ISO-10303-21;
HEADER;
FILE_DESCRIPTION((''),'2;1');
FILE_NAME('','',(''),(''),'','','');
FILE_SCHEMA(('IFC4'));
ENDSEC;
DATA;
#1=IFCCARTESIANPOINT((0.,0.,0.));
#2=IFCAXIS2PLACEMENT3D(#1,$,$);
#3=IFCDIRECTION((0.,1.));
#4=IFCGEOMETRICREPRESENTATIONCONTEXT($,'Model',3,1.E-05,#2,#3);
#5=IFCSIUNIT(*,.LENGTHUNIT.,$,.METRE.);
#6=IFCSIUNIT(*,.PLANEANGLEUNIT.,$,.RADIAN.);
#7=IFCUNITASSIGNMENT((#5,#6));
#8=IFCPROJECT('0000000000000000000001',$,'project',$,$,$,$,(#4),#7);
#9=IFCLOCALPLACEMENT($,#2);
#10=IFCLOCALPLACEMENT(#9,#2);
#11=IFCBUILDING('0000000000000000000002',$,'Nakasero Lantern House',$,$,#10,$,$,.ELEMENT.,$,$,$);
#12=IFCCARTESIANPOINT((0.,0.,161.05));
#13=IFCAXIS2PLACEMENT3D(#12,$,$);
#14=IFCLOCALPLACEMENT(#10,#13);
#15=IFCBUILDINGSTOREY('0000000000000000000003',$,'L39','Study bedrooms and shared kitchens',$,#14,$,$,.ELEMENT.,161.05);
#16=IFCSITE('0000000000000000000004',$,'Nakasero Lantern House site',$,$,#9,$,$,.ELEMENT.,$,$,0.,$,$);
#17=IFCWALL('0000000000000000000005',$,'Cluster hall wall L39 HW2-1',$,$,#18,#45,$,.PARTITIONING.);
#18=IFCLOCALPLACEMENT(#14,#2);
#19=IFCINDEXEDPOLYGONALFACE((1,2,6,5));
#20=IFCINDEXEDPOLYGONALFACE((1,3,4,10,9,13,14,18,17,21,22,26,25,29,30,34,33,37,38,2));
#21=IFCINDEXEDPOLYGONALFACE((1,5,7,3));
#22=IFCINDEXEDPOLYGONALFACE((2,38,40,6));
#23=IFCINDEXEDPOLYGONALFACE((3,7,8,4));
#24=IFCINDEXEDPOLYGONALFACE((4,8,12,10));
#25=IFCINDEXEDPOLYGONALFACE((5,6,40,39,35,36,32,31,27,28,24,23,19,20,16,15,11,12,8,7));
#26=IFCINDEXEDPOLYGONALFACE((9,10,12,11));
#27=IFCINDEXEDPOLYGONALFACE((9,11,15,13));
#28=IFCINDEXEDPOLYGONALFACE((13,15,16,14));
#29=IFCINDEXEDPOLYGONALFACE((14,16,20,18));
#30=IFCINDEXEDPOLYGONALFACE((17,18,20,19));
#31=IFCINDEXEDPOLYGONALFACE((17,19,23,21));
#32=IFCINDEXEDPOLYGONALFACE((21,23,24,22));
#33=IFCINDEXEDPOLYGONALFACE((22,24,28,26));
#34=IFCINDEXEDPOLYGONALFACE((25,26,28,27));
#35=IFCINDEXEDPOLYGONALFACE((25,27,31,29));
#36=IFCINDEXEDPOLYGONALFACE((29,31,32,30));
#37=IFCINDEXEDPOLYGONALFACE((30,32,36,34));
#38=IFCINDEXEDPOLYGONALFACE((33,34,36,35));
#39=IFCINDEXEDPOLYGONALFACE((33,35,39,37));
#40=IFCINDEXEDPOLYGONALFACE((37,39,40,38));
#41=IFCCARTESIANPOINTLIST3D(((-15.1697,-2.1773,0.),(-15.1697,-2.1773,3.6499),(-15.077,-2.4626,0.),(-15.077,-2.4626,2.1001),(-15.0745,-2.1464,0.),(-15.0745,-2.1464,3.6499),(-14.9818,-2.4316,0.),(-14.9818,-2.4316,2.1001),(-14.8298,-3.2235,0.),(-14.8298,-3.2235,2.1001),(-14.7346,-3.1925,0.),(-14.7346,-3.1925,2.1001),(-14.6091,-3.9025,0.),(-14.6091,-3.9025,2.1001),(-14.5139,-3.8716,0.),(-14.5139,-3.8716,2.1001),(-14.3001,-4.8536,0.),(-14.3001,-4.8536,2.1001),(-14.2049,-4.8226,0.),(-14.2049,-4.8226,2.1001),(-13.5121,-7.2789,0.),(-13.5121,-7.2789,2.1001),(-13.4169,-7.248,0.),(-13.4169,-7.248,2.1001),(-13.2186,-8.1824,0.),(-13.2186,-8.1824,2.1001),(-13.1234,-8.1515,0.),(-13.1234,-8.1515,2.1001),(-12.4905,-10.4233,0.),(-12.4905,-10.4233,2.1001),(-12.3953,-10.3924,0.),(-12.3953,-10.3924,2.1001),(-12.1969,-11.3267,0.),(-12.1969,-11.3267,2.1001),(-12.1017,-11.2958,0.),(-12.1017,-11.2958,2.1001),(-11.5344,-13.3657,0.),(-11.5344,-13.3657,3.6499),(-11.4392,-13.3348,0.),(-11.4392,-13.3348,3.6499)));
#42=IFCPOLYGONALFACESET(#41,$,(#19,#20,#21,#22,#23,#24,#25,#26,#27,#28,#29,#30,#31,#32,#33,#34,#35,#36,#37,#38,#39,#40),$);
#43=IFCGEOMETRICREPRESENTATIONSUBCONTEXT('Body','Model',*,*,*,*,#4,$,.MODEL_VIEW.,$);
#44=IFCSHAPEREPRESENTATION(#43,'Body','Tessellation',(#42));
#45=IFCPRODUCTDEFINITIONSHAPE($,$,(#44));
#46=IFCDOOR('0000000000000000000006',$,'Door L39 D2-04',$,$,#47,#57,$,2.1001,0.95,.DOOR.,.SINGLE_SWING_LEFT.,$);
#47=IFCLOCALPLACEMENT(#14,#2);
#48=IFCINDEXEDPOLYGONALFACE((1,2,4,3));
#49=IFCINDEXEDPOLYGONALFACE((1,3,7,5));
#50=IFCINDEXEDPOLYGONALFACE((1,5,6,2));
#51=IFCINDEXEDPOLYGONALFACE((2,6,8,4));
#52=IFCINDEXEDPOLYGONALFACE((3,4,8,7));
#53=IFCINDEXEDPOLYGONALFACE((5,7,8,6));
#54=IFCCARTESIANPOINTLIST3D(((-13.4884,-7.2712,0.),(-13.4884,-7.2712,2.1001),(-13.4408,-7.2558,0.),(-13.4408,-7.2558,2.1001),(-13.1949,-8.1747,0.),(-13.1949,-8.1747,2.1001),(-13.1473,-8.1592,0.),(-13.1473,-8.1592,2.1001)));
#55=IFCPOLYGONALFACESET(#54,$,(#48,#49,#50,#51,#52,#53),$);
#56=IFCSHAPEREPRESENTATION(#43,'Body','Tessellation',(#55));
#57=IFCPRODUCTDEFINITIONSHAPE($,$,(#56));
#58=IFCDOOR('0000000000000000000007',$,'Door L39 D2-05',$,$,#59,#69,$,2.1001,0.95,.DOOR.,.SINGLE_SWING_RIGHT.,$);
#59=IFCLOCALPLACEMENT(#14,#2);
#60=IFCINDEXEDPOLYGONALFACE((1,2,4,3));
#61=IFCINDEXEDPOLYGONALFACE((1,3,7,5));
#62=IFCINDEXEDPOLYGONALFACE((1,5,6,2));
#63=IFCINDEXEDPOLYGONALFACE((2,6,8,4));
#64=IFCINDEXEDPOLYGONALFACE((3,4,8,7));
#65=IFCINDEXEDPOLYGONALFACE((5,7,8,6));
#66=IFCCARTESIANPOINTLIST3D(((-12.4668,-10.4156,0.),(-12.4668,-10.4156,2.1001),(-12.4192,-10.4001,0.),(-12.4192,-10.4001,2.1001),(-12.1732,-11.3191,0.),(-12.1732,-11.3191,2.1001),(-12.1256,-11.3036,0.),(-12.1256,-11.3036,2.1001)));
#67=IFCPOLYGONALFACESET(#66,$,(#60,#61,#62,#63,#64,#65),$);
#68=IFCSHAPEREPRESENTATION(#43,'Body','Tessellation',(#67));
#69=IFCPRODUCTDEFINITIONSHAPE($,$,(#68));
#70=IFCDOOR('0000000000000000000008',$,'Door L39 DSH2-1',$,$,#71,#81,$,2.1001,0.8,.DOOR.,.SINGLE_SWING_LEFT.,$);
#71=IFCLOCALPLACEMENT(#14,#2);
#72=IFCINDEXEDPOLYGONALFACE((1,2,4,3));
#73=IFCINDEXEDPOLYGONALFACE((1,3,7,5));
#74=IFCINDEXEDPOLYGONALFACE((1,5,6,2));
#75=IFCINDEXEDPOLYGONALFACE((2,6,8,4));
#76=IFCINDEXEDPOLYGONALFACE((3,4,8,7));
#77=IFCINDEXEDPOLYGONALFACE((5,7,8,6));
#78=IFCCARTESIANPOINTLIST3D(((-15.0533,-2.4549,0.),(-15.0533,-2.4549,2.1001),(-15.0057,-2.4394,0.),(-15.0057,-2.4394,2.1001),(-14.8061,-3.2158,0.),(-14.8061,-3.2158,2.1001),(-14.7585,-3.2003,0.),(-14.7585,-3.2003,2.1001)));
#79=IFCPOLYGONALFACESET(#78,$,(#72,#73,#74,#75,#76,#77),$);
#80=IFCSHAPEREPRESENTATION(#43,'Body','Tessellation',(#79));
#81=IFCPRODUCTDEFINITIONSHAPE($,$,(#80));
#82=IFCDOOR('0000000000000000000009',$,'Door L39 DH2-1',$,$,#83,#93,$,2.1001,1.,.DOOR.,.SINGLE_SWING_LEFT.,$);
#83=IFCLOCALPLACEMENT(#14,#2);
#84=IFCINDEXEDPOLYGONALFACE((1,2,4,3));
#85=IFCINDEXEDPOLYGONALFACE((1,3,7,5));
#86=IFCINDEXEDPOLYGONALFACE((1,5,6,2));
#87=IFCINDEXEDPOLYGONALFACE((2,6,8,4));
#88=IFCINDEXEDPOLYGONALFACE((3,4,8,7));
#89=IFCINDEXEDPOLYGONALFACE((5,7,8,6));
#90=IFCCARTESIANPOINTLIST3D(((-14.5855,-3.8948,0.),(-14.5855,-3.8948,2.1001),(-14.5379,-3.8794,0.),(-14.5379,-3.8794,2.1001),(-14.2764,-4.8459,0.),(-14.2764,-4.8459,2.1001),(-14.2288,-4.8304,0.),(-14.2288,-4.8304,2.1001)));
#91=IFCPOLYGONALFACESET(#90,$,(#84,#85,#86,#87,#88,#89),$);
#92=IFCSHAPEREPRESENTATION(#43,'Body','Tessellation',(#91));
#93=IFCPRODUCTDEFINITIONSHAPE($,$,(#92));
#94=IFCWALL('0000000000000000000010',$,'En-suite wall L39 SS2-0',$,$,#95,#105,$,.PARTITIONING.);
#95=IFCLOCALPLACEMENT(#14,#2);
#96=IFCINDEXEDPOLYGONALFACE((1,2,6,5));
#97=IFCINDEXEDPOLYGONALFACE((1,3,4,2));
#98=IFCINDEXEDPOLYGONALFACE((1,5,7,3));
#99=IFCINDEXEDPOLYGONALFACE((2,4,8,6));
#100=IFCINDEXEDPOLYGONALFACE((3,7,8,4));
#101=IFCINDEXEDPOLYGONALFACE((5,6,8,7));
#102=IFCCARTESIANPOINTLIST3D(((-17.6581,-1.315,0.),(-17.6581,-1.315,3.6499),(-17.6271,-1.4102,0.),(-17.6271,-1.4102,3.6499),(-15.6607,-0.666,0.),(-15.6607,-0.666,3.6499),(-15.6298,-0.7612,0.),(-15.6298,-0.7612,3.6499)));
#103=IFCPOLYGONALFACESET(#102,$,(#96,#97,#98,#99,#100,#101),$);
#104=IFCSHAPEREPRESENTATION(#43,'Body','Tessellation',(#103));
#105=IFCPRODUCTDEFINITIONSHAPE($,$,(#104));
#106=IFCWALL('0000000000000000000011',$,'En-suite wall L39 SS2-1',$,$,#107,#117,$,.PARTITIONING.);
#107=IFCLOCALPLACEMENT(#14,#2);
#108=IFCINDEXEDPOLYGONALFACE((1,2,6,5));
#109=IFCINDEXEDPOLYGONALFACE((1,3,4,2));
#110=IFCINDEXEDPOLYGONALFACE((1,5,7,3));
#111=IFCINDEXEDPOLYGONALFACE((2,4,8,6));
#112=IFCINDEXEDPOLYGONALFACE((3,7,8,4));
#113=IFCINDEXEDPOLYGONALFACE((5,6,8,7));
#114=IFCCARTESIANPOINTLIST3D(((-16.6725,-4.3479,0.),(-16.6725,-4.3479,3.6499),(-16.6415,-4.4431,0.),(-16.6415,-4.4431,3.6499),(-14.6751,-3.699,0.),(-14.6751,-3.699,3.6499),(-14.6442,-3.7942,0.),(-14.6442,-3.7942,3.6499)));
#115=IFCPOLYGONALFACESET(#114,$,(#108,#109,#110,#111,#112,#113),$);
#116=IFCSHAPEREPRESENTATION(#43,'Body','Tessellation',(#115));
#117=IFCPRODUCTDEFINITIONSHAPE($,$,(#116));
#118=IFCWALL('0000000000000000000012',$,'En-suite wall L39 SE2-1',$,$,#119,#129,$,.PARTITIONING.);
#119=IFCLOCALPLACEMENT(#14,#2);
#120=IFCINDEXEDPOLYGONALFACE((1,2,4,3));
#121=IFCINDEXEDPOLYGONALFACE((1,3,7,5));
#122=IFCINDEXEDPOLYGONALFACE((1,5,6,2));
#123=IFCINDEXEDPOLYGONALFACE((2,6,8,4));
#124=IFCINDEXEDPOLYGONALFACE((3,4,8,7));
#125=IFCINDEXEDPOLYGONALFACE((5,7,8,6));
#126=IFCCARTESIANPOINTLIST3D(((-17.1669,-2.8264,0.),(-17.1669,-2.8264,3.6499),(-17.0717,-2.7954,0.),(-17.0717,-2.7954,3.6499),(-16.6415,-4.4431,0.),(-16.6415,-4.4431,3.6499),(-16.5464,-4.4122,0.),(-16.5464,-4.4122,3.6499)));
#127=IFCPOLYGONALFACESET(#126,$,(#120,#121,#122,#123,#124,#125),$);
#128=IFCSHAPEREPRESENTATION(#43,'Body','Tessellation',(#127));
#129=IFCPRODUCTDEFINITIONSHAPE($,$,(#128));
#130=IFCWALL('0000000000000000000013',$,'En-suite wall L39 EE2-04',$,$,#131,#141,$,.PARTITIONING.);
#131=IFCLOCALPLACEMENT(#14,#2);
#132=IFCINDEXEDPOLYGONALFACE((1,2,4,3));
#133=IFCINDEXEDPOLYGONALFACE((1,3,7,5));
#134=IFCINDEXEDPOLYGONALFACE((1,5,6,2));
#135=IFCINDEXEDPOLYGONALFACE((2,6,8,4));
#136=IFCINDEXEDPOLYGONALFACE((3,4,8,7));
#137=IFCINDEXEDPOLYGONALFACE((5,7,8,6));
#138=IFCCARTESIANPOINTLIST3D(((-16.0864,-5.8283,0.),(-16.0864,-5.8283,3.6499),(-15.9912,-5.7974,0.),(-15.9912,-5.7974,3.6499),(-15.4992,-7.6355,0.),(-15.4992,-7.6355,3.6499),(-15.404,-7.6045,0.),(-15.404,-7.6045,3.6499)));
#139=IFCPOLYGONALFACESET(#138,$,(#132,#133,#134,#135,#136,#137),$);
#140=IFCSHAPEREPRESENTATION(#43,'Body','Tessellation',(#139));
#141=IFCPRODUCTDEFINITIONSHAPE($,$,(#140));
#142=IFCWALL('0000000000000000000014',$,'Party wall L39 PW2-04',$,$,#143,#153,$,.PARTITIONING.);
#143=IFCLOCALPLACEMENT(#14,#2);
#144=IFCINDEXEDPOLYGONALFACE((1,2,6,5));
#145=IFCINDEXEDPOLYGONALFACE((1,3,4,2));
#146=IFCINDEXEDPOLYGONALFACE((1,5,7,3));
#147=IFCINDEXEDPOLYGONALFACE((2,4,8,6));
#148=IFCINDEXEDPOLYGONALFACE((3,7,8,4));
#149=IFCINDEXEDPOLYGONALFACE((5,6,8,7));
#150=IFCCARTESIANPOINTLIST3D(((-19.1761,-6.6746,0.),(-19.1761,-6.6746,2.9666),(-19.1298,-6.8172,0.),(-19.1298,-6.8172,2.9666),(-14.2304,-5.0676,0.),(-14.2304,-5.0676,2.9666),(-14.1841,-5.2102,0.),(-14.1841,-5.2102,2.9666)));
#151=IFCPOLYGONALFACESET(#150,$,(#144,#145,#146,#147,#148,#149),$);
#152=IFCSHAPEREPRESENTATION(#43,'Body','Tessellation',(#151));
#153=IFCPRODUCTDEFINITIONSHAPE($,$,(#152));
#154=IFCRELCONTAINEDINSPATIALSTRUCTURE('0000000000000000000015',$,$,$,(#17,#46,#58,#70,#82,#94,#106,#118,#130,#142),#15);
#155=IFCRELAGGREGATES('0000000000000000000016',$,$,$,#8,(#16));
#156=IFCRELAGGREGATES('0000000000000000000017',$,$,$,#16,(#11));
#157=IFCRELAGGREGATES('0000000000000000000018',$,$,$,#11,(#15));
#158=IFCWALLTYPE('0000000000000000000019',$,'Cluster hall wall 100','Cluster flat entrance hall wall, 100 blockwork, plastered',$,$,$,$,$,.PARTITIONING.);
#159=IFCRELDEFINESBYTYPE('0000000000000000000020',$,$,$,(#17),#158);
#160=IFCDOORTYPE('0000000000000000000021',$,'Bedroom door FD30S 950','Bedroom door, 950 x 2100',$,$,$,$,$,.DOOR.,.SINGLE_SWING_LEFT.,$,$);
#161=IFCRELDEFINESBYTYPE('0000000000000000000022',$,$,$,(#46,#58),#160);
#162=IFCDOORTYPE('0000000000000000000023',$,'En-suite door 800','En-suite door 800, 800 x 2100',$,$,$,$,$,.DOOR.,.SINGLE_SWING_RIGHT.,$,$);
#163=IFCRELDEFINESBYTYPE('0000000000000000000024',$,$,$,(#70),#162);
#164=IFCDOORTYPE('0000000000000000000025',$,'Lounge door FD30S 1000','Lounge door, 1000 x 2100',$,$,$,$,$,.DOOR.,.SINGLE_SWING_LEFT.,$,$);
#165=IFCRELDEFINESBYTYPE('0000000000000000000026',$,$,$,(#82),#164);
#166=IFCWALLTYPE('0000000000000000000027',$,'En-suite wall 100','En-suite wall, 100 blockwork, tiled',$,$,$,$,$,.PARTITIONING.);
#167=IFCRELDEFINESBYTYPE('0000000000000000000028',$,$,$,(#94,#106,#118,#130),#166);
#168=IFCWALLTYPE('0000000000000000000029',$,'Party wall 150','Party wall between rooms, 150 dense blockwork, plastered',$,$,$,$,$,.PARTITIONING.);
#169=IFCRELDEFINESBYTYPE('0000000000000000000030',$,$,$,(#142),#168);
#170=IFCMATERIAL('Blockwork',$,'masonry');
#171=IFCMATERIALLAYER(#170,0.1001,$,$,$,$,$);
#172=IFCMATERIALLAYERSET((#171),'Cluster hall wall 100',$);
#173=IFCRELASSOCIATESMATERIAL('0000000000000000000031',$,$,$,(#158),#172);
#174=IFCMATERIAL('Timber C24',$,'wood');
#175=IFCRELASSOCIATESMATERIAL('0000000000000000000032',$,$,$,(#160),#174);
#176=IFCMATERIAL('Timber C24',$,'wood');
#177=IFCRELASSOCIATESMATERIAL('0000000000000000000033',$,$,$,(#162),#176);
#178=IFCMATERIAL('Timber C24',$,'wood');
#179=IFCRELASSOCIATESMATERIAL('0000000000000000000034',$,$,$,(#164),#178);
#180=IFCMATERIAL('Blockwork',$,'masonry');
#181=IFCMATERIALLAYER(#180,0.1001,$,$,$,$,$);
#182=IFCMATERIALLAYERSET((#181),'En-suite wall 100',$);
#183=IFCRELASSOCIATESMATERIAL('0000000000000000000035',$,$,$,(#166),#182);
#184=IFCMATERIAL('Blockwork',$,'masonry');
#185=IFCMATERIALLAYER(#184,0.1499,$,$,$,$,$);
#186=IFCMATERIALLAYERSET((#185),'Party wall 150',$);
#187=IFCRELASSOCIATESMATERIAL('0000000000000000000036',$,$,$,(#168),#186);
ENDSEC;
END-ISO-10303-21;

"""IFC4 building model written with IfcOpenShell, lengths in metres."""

from ifc_helpers import new_model, si_unit, direction, frame, frame_2d, origin, place, context, subcontext, project, spatial, rectangle, extrude, material, layer, layer_set, type_object, element, fill, save


model = new_model("IFC4")

# Units and contexts
model_context = context("Model", 3, precision=1e-05, world=origin(), true_north=direction((0.0, 1.0)))
body_context = subcontext(model_context, "Body", "Model", "MODEL_VIEW")
ifc_project = project(units=[si_unit("LENGTHUNIT", "METRE"), si_unit("PLANEANGLEUNIT", "RADIAN")], contexts=[model_context])

# Site, building, storey
site_placement = place(None, origin())
site = spatial("IfcSite", under=ifc_project, at=site_placement, Name="Nakasero Lantern House site", CompositionType="ELEMENT", RefElevation=0.0)
building_placement = place(site_placement, origin())
building = spatial("IfcBuilding", under=site, at=building_placement, Name="Nakasero Lantern House", CompositionType="ELEMENT")
storey_placement = place(building_placement, frame((0.0, 0.0, 161.05)))
storey = spatial("IfcBuildingStorey", under=building, at=storey_placement, Name="L39", Description="Study bedrooms and shared kitchens", CompositionType="ELEMENT", Elevation=161.05)

# Wall, openings, doors
ifc_material_1 = material(Name="Blockwork", Category="masonry")
ifc_layer_1 = layer(ifc_material_1, 0.1001)
ifc_layer_set_1 = layer_set([ifc_layer_1], Name="Cluster hall wall 100")
wall_type_1 = type_object("IfcWallType", Name="Cluster hall wall 100", Description="Cluster flat entrance hall wall, 100 blockwork, plastered", PredefinedType="PARTITIONING", material=ifc_layer_set_1)
wall_1_placement = place(storey_placement, frame((-15.1221, -2.1619, 0.0), z_axis=(0.0, 0.0, 1.0), x_axis=(0.309009, -0.951059, 0.0)))
wall_1 = element("IfcWall", 1, at=wall_1_placement, inside=storey, type_object=wall_type_1, Name="Cluster hall wall L39 HW2-1", PredefinedType="PARTITIONING", context=body_context, shape_type="SweptSolid", body=[
    extrude(rectangle(XDim=11.7642, YDim=0.1001, at=frame_2d((5.8821, 0.0))), origin(), (0.0, 0.0, 1.0), 3.6499),
])
opening_1_placement = place(wall_1_placement, frame((1.814, 0.0, 0.0)))
opening_1 = element("IfcOpeningElement", 2, at=opening_1_placement, cuts=wall_1, PredefinedType="OPENING", context=body_context, shape_type="SweptSolid", body=[
    extrude(rectangle(XDim=1.0, YDim=2.1001, at=frame_2d((0.5, 1.05))), frame((0.0, 0.0701, 0.0), z_axis=(0.0, -1.0, 0.0), x_axis=(1.0, 0.0, 0.0)), (0.0, 0.0, 1.0), 0.1401),
])
opening_2_placement = place(wall_1_placement, frame((0.3, 0.0, 0.0)))
opening_2 = element("IfcOpeningElement", 3, at=opening_2_placement, cuts=wall_1, PredefinedType="OPENING", context=body_context, shape_type="SweptSolid", body=[
    extrude(rectangle(XDim=0.8, YDim=2.1001, at=frame_2d((0.3999, 1.05))), frame((0.0, 0.0701, 0.0), z_axis=(0.0, -1.0, 0.0), x_axis=(1.0, 0.0, 0.0)), (0.0, 0.0, 1.0), 0.1401),
])
opening_3_placement = place(wall_1_placement, frame((5.364, 0.0, 0.0)))
opening_3 = element("IfcOpeningElement", 4, at=opening_3_placement, cuts=wall_1, PredefinedType="OPENING", context=body_context, shape_type="SweptSolid", body=[
    extrude(rectangle(XDim=0.95, YDim=2.1001, at=frame_2d((0.4751, 1.05))), frame((0.0, 0.0701, 0.0), z_axis=(0.0, -1.0, 0.0), x_axis=(1.0, 0.0, 0.0)), (0.0, 0.0, 1.0), 0.1401),
])
opening_4_placement = place(wall_1_placement, frame((8.6702, 0.0, 0.0)))
opening_4 = element("IfcOpeningElement", 5, at=opening_4_placement, cuts=wall_1, PredefinedType="OPENING", context=body_context, shape_type="SweptSolid", body=[
    extrude(rectangle(XDim=0.95, YDim=2.1001, at=frame_2d((0.4751, 1.05))), frame((0.0, 0.0701, 0.0), z_axis=(0.0, -1.0, 0.0), x_axis=(1.0, 0.0, 0.0)), (0.0, 0.0, 1.0), 0.1401),
])
ifc_material_2 = material(Name="Timber C24", Category="wood")
door_type_1 = type_object("IfcDoorType", Name="Bedroom door FD30S 950", Description="Bedroom door, 950 x 2100", OperationType="SINGLE_SWING_LEFT", PredefinedType="DOOR", material=ifc_material_2)
door_1_placement = place(opening_3_placement, origin())
door_1 = element("IfcDoor", 6, at=door_1_placement, inside=storey, type_object=door_type_1, Name="Door L39 D2-04", OperationType="SINGLE_SWING_LEFT", OverallHeight=2.1001, OverallWidth=0.95, PredefinedType="DOOR", context=body_context, shape_type="SweptSolid", body=[
    extrude(rectangle(XDim=0.95, YDim=2.1001, at=frame_2d((0.4751, 1.05))), frame((0.0, 0.0249, 0.0), z_axis=(0.0, -1.0, 0.0), x_axis=(1.0, 0.0, 0.0)), (0.0, 0.0, 1.0), 0.05),
])
fill(opening_3, door_1)
door_2_placement = place(opening_4_placement, origin())
door_2 = element("IfcDoor", 7, at=door_2_placement, inside=storey, type_object=door_type_1, Name="Door L39 D2-05", OperationType="SINGLE_SWING_RIGHT", OverallHeight=2.1001, OverallWidth=0.95, PredefinedType="DOOR", context=body_context, shape_type="SweptSolid", body=[
    extrude(rectangle(XDim=0.95, YDim=2.1001, at=frame_2d((0.4751, 1.05))), frame((0.0, 0.0249, 0.0), z_axis=(0.0, -1.0, 0.0), x_axis=(1.0, 0.0, 0.0)), (0.0, 0.0, 1.0), 0.05),
])
fill(opening_4, door_2)
ifc_material_3 = material(Name="Timber C24", Category="wood")
door_type_2 = type_object("IfcDoorType", Name="En-suite door 800", Description="En-suite door 800, 800 x 2100", OperationType="SINGLE_SWING_RIGHT", PredefinedType="DOOR", material=ifc_material_3)
door_3_placement = place(opening_2_placement, origin())
door_3 = element("IfcDoor", 8, at=door_3_placement, inside=storey, type_object=door_type_2, Name="Door L39 DSH2-1", OperationType="SINGLE_SWING_LEFT", OverallHeight=2.1001, OverallWidth=0.8, PredefinedType="DOOR", context=body_context, shape_type="SweptSolid", body=[
    extrude(rectangle(XDim=0.8, YDim=2.1001, at=frame_2d((0.3999, 1.05))), frame((0.0, 0.0249, 0.0), z_axis=(0.0, -1.0, 0.0), x_axis=(1.0, 0.0, 0.0)), (0.0, 0.0, 1.0), 0.05),
])
fill(opening_2, door_3)
ifc_material_4 = material(Name="Timber C24", Category="wood")
door_type_3 = type_object("IfcDoorType", Name="Lounge door FD30S 1000", Description="Lounge door, 1000 x 2100", OperationType="SINGLE_SWING_LEFT", PredefinedType="DOOR", material=ifc_material_4)
door_4_placement = place(opening_1_placement, origin())
door_4 = element("IfcDoor", 9, at=door_4_placement, inside=storey, type_object=door_type_3, Name="Door L39 DH2-1", OperationType="SINGLE_SWING_LEFT", OverallHeight=2.1001, OverallWidth=1.0, PredefinedType="DOOR", context=body_context, shape_type="SweptSolid", body=[
    extrude(rectangle(XDim=1.0, YDim=2.1001, at=frame_2d((0.5, 1.05))), frame((0.0, 0.0249, 0.0), z_axis=(0.0, -1.0, 0.0), x_axis=(1.0, 0.0, 0.0)), (0.0, 0.0, 1.0), 0.05),
])
fill(opening_1, door_4)

# Walls
ifc_material_5 = material(Name="Blockwork", Category="masonry")
ifc_layer_2 = layer(ifc_material_5, 0.1001)
ifc_layer_set_2 = layer_set([ifc_layer_2], Name="En-suite wall 100")
wall_type_2 = type_object("IfcWallType", Name="En-suite wall 100", Description="En-suite wall, 100 blockwork, tiled", PredefinedType="PARTITIONING", material=ifc_layer_set_2)
for number, where, z_axis, x_axis, name in (
    (10, (-15.6453, -0.7136, 0.0), (0.0, 0.0, 1.0), (-0.951062, -0.308999, 0.0), "En-suite wall L39 SS2-0"),
    (11, (-14.6597, -3.7466, 0.0), (0.0, 0.0, 1.0), (-0.951062, -0.308999, 0.0), "En-suite wall L39 SS2-1"),
):
    element("IfcWall", number, at=place(storey_placement, frame(where, z_axis=z_axis, x_axis=x_axis)), inside=storey, type_object=wall_type_2, Name=name, PredefinedType="PARTITIONING", context=body_context, shape_type="SweptSolid", body=[
        extrude(rectangle(XDim=2.1001, YDim=0.1001, at=frame_2d((1.05, 0.0))), origin(), (0.0, 0.0, 1.0), 3.6499),
    ])
wall_2_placement = place(storey_placement, frame((-17.1194, -2.8108, 0.0), z_axis=(0.0, 0.0, 1.0), x_axis=(0.309067, -0.95104, 0.0)))
element("IfcWall", 12, at=wall_2_placement, inside=storey, type_object=wall_type_2, Name="En-suite wall L39 SE2-1", PredefinedType="PARTITIONING", context=body_context, shape_type="SweptSolid", body=[
    extrude(rectangle(XDim=1.7, YDim=0.1001, at=frame_2d((0.8501, 0.0))), origin(), (0.0, 0.0, 1.0), 3.6499),
])
wall_3_placement = place(storey_placement, frame((-16.0388, -5.8127, 0.0), z_axis=(0.0, 0.0, 1.0), x_axis=(0.309011, -0.951059, 0.0)))
element("IfcWall", 13, at=wall_3_placement, inside=storey, type_object=wall_type_2, Name="En-suite wall L39 EE2-04", PredefinedType="PARTITIONING", context=body_context, shape_type="SweptSolid", body=[
    extrude(rectangle(XDim=1.9001, YDim=0.1001, at=frame_2d((0.9502, 0.0))), origin(), (0.0, 0.0, 1.0), 3.6499),
])
ifc_material_6 = material(Name="Blockwork", Category="masonry")
ifc_layer_3 = layer(ifc_material_6, 0.1499)
ifc_layer_set_3 = layer_set([ifc_layer_3], Name="Party wall 150")
wall_type_3 = type_object("IfcWallType", Name="Party wall 150", Description="Party wall between rooms, 150 dense blockwork, plastered", PredefinedType="PARTITIONING", material=ifc_layer_set_3)
wall_4_placement = place(storey_placement, frame((-14.2073, -5.1389, 0.0), z_axis=(0.0, 0.0, 1.0), x_axis=(-0.951055, -0.309021, 0.0)))
element("IfcWall", 14, at=wall_4_placement, inside=storey, type_object=wall_type_3, Name="Party wall L39 PW2-04", PredefinedType="PARTITIONING", context=body_context, shape_type="SweptSolid", body=[
    extrude(rectangle(XDim=5.2002, YDim=0.1499, at=frame_2d((2.6001, 0.0))), origin(), (0.0, 0.0, 1.0), 2.9666),
])

save(model, "model.ifc")
